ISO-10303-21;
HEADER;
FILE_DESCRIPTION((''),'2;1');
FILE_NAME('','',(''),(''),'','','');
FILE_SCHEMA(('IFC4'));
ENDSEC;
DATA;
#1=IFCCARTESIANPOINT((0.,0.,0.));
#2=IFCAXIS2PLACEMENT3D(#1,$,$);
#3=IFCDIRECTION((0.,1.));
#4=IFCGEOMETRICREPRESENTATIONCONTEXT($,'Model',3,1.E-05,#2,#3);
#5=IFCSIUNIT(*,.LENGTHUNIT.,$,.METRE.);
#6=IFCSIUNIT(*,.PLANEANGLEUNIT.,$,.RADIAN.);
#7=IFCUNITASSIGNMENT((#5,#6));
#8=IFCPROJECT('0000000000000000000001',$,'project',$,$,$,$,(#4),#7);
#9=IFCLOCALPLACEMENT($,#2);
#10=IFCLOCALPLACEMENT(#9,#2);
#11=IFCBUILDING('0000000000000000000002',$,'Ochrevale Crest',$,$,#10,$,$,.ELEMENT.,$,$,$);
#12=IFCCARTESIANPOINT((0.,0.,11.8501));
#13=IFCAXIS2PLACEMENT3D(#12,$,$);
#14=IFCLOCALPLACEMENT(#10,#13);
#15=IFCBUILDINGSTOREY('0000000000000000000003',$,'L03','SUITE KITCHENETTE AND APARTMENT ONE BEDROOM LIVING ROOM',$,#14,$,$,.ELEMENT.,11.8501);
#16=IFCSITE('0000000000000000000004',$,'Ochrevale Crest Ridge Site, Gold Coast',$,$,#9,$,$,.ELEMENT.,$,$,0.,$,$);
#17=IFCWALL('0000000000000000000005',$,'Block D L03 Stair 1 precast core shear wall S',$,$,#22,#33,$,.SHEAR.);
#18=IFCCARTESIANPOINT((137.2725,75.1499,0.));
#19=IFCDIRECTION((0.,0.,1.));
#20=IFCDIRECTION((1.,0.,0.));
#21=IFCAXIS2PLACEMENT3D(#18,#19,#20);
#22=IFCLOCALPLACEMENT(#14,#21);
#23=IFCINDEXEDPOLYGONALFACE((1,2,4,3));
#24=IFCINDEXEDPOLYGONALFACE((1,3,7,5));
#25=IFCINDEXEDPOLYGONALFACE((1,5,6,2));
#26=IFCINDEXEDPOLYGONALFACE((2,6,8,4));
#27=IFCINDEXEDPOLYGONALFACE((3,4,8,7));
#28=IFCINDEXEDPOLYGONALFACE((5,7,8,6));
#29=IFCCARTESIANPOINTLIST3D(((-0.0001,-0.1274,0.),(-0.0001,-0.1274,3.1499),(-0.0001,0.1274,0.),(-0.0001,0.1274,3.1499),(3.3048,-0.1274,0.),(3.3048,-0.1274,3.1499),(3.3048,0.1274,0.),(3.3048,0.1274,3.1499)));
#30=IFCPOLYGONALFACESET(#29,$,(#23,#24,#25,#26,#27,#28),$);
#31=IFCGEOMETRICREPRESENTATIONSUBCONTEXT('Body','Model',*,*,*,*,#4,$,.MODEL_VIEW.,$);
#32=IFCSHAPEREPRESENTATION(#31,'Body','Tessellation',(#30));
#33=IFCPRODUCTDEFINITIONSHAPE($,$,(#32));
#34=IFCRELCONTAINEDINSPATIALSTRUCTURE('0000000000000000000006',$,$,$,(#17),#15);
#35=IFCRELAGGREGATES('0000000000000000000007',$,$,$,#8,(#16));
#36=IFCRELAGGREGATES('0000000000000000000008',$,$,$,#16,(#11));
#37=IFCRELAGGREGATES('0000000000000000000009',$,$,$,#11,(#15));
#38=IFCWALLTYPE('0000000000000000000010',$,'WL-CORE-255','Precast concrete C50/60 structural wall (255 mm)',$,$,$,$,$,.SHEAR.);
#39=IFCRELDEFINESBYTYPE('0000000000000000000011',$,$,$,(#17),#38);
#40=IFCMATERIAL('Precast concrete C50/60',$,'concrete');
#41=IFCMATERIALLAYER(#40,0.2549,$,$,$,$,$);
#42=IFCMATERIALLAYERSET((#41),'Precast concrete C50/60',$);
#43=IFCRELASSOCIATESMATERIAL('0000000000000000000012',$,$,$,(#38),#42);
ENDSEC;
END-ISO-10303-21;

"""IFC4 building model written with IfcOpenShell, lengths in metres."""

from ifc_helpers import new_model, si_unit, direction, frame, frame_2d, origin, place, context, subcontext, project, spatial, rectangle, extrude, material, layer, layer_set, type_object, element, save


model = new_model("IFC4")

# Units and contexts
model_context = context("Model", 3, precision=1e-05, world=origin(), true_north=direction((0.0, 1.0)))
body_context = subcontext(model_context, "Body", "Model", "MODEL_VIEW")
ifc_project = project(units=[si_unit("LENGTHUNIT", "METRE"), si_unit("PLANEANGLEUNIT", "RADIAN")], contexts=[model_context])

# Site, building, storey
site_placement = place(None, origin())
site = spatial("IfcSite", under=ifc_project, at=site_placement, Name="Ochrevale Crest Ridge Site, Gold Coast", CompositionType="ELEMENT", RefElevation=0.0)
building_placement = place(site_placement, origin())
building = spatial("IfcBuilding", under=site, at=building_placement, Name="Ochrevale Crest", CompositionType="ELEMENT")
storey_placement = place(building_placement, frame((0.0, 0.0, 11.8501)))
storey = spatial("IfcBuildingStorey", under=building, at=storey_placement, Name="L03", Description="SUITE KITCHENETTE AND APARTMENT ONE BEDROOM LIVING ROOM", CompositionType="ELEMENT", Elevation=11.8501)

# Shared definitions
ifc_material_1 = material(Name="Precast concrete C50/60", Category="concrete")

# Wall
ifc_layer_1 = layer(ifc_material_1, 0.2549)
ifc_layer_set_1 = layer_set([ifc_layer_1], Name="Precast concrete C50/60")
wall_type_1 = type_object("IfcWallType", Name="WL-CORE-255", Description="Precast concrete C50/60 structural wall (255 mm)", PredefinedType="SHEAR", material=ifc_layer_set_1)
wall_1_placement = place(storey_placement, frame((137.2725, 75.1499, 0.0), z_axis=(0.0, 0.0, 1.0), x_axis=(1.0, 0.0, 0.0)))
element("IfcWall", 1, at=wall_1_placement, inside=storey, type_object=wall_type_1, Name="Block D L03 Stair 1 precast core shear wall S", PredefinedType="SHEAR", context=body_context, shape_type="SweptSolid", body=[
    extrude(rectangle(XDim=3.3049, YDim=0.2549, at=frame_2d((1.6523, 0.0))), origin(), (0.0, 0.0, 1.0), 3.1499),
])

save(model, "model.ifc")
